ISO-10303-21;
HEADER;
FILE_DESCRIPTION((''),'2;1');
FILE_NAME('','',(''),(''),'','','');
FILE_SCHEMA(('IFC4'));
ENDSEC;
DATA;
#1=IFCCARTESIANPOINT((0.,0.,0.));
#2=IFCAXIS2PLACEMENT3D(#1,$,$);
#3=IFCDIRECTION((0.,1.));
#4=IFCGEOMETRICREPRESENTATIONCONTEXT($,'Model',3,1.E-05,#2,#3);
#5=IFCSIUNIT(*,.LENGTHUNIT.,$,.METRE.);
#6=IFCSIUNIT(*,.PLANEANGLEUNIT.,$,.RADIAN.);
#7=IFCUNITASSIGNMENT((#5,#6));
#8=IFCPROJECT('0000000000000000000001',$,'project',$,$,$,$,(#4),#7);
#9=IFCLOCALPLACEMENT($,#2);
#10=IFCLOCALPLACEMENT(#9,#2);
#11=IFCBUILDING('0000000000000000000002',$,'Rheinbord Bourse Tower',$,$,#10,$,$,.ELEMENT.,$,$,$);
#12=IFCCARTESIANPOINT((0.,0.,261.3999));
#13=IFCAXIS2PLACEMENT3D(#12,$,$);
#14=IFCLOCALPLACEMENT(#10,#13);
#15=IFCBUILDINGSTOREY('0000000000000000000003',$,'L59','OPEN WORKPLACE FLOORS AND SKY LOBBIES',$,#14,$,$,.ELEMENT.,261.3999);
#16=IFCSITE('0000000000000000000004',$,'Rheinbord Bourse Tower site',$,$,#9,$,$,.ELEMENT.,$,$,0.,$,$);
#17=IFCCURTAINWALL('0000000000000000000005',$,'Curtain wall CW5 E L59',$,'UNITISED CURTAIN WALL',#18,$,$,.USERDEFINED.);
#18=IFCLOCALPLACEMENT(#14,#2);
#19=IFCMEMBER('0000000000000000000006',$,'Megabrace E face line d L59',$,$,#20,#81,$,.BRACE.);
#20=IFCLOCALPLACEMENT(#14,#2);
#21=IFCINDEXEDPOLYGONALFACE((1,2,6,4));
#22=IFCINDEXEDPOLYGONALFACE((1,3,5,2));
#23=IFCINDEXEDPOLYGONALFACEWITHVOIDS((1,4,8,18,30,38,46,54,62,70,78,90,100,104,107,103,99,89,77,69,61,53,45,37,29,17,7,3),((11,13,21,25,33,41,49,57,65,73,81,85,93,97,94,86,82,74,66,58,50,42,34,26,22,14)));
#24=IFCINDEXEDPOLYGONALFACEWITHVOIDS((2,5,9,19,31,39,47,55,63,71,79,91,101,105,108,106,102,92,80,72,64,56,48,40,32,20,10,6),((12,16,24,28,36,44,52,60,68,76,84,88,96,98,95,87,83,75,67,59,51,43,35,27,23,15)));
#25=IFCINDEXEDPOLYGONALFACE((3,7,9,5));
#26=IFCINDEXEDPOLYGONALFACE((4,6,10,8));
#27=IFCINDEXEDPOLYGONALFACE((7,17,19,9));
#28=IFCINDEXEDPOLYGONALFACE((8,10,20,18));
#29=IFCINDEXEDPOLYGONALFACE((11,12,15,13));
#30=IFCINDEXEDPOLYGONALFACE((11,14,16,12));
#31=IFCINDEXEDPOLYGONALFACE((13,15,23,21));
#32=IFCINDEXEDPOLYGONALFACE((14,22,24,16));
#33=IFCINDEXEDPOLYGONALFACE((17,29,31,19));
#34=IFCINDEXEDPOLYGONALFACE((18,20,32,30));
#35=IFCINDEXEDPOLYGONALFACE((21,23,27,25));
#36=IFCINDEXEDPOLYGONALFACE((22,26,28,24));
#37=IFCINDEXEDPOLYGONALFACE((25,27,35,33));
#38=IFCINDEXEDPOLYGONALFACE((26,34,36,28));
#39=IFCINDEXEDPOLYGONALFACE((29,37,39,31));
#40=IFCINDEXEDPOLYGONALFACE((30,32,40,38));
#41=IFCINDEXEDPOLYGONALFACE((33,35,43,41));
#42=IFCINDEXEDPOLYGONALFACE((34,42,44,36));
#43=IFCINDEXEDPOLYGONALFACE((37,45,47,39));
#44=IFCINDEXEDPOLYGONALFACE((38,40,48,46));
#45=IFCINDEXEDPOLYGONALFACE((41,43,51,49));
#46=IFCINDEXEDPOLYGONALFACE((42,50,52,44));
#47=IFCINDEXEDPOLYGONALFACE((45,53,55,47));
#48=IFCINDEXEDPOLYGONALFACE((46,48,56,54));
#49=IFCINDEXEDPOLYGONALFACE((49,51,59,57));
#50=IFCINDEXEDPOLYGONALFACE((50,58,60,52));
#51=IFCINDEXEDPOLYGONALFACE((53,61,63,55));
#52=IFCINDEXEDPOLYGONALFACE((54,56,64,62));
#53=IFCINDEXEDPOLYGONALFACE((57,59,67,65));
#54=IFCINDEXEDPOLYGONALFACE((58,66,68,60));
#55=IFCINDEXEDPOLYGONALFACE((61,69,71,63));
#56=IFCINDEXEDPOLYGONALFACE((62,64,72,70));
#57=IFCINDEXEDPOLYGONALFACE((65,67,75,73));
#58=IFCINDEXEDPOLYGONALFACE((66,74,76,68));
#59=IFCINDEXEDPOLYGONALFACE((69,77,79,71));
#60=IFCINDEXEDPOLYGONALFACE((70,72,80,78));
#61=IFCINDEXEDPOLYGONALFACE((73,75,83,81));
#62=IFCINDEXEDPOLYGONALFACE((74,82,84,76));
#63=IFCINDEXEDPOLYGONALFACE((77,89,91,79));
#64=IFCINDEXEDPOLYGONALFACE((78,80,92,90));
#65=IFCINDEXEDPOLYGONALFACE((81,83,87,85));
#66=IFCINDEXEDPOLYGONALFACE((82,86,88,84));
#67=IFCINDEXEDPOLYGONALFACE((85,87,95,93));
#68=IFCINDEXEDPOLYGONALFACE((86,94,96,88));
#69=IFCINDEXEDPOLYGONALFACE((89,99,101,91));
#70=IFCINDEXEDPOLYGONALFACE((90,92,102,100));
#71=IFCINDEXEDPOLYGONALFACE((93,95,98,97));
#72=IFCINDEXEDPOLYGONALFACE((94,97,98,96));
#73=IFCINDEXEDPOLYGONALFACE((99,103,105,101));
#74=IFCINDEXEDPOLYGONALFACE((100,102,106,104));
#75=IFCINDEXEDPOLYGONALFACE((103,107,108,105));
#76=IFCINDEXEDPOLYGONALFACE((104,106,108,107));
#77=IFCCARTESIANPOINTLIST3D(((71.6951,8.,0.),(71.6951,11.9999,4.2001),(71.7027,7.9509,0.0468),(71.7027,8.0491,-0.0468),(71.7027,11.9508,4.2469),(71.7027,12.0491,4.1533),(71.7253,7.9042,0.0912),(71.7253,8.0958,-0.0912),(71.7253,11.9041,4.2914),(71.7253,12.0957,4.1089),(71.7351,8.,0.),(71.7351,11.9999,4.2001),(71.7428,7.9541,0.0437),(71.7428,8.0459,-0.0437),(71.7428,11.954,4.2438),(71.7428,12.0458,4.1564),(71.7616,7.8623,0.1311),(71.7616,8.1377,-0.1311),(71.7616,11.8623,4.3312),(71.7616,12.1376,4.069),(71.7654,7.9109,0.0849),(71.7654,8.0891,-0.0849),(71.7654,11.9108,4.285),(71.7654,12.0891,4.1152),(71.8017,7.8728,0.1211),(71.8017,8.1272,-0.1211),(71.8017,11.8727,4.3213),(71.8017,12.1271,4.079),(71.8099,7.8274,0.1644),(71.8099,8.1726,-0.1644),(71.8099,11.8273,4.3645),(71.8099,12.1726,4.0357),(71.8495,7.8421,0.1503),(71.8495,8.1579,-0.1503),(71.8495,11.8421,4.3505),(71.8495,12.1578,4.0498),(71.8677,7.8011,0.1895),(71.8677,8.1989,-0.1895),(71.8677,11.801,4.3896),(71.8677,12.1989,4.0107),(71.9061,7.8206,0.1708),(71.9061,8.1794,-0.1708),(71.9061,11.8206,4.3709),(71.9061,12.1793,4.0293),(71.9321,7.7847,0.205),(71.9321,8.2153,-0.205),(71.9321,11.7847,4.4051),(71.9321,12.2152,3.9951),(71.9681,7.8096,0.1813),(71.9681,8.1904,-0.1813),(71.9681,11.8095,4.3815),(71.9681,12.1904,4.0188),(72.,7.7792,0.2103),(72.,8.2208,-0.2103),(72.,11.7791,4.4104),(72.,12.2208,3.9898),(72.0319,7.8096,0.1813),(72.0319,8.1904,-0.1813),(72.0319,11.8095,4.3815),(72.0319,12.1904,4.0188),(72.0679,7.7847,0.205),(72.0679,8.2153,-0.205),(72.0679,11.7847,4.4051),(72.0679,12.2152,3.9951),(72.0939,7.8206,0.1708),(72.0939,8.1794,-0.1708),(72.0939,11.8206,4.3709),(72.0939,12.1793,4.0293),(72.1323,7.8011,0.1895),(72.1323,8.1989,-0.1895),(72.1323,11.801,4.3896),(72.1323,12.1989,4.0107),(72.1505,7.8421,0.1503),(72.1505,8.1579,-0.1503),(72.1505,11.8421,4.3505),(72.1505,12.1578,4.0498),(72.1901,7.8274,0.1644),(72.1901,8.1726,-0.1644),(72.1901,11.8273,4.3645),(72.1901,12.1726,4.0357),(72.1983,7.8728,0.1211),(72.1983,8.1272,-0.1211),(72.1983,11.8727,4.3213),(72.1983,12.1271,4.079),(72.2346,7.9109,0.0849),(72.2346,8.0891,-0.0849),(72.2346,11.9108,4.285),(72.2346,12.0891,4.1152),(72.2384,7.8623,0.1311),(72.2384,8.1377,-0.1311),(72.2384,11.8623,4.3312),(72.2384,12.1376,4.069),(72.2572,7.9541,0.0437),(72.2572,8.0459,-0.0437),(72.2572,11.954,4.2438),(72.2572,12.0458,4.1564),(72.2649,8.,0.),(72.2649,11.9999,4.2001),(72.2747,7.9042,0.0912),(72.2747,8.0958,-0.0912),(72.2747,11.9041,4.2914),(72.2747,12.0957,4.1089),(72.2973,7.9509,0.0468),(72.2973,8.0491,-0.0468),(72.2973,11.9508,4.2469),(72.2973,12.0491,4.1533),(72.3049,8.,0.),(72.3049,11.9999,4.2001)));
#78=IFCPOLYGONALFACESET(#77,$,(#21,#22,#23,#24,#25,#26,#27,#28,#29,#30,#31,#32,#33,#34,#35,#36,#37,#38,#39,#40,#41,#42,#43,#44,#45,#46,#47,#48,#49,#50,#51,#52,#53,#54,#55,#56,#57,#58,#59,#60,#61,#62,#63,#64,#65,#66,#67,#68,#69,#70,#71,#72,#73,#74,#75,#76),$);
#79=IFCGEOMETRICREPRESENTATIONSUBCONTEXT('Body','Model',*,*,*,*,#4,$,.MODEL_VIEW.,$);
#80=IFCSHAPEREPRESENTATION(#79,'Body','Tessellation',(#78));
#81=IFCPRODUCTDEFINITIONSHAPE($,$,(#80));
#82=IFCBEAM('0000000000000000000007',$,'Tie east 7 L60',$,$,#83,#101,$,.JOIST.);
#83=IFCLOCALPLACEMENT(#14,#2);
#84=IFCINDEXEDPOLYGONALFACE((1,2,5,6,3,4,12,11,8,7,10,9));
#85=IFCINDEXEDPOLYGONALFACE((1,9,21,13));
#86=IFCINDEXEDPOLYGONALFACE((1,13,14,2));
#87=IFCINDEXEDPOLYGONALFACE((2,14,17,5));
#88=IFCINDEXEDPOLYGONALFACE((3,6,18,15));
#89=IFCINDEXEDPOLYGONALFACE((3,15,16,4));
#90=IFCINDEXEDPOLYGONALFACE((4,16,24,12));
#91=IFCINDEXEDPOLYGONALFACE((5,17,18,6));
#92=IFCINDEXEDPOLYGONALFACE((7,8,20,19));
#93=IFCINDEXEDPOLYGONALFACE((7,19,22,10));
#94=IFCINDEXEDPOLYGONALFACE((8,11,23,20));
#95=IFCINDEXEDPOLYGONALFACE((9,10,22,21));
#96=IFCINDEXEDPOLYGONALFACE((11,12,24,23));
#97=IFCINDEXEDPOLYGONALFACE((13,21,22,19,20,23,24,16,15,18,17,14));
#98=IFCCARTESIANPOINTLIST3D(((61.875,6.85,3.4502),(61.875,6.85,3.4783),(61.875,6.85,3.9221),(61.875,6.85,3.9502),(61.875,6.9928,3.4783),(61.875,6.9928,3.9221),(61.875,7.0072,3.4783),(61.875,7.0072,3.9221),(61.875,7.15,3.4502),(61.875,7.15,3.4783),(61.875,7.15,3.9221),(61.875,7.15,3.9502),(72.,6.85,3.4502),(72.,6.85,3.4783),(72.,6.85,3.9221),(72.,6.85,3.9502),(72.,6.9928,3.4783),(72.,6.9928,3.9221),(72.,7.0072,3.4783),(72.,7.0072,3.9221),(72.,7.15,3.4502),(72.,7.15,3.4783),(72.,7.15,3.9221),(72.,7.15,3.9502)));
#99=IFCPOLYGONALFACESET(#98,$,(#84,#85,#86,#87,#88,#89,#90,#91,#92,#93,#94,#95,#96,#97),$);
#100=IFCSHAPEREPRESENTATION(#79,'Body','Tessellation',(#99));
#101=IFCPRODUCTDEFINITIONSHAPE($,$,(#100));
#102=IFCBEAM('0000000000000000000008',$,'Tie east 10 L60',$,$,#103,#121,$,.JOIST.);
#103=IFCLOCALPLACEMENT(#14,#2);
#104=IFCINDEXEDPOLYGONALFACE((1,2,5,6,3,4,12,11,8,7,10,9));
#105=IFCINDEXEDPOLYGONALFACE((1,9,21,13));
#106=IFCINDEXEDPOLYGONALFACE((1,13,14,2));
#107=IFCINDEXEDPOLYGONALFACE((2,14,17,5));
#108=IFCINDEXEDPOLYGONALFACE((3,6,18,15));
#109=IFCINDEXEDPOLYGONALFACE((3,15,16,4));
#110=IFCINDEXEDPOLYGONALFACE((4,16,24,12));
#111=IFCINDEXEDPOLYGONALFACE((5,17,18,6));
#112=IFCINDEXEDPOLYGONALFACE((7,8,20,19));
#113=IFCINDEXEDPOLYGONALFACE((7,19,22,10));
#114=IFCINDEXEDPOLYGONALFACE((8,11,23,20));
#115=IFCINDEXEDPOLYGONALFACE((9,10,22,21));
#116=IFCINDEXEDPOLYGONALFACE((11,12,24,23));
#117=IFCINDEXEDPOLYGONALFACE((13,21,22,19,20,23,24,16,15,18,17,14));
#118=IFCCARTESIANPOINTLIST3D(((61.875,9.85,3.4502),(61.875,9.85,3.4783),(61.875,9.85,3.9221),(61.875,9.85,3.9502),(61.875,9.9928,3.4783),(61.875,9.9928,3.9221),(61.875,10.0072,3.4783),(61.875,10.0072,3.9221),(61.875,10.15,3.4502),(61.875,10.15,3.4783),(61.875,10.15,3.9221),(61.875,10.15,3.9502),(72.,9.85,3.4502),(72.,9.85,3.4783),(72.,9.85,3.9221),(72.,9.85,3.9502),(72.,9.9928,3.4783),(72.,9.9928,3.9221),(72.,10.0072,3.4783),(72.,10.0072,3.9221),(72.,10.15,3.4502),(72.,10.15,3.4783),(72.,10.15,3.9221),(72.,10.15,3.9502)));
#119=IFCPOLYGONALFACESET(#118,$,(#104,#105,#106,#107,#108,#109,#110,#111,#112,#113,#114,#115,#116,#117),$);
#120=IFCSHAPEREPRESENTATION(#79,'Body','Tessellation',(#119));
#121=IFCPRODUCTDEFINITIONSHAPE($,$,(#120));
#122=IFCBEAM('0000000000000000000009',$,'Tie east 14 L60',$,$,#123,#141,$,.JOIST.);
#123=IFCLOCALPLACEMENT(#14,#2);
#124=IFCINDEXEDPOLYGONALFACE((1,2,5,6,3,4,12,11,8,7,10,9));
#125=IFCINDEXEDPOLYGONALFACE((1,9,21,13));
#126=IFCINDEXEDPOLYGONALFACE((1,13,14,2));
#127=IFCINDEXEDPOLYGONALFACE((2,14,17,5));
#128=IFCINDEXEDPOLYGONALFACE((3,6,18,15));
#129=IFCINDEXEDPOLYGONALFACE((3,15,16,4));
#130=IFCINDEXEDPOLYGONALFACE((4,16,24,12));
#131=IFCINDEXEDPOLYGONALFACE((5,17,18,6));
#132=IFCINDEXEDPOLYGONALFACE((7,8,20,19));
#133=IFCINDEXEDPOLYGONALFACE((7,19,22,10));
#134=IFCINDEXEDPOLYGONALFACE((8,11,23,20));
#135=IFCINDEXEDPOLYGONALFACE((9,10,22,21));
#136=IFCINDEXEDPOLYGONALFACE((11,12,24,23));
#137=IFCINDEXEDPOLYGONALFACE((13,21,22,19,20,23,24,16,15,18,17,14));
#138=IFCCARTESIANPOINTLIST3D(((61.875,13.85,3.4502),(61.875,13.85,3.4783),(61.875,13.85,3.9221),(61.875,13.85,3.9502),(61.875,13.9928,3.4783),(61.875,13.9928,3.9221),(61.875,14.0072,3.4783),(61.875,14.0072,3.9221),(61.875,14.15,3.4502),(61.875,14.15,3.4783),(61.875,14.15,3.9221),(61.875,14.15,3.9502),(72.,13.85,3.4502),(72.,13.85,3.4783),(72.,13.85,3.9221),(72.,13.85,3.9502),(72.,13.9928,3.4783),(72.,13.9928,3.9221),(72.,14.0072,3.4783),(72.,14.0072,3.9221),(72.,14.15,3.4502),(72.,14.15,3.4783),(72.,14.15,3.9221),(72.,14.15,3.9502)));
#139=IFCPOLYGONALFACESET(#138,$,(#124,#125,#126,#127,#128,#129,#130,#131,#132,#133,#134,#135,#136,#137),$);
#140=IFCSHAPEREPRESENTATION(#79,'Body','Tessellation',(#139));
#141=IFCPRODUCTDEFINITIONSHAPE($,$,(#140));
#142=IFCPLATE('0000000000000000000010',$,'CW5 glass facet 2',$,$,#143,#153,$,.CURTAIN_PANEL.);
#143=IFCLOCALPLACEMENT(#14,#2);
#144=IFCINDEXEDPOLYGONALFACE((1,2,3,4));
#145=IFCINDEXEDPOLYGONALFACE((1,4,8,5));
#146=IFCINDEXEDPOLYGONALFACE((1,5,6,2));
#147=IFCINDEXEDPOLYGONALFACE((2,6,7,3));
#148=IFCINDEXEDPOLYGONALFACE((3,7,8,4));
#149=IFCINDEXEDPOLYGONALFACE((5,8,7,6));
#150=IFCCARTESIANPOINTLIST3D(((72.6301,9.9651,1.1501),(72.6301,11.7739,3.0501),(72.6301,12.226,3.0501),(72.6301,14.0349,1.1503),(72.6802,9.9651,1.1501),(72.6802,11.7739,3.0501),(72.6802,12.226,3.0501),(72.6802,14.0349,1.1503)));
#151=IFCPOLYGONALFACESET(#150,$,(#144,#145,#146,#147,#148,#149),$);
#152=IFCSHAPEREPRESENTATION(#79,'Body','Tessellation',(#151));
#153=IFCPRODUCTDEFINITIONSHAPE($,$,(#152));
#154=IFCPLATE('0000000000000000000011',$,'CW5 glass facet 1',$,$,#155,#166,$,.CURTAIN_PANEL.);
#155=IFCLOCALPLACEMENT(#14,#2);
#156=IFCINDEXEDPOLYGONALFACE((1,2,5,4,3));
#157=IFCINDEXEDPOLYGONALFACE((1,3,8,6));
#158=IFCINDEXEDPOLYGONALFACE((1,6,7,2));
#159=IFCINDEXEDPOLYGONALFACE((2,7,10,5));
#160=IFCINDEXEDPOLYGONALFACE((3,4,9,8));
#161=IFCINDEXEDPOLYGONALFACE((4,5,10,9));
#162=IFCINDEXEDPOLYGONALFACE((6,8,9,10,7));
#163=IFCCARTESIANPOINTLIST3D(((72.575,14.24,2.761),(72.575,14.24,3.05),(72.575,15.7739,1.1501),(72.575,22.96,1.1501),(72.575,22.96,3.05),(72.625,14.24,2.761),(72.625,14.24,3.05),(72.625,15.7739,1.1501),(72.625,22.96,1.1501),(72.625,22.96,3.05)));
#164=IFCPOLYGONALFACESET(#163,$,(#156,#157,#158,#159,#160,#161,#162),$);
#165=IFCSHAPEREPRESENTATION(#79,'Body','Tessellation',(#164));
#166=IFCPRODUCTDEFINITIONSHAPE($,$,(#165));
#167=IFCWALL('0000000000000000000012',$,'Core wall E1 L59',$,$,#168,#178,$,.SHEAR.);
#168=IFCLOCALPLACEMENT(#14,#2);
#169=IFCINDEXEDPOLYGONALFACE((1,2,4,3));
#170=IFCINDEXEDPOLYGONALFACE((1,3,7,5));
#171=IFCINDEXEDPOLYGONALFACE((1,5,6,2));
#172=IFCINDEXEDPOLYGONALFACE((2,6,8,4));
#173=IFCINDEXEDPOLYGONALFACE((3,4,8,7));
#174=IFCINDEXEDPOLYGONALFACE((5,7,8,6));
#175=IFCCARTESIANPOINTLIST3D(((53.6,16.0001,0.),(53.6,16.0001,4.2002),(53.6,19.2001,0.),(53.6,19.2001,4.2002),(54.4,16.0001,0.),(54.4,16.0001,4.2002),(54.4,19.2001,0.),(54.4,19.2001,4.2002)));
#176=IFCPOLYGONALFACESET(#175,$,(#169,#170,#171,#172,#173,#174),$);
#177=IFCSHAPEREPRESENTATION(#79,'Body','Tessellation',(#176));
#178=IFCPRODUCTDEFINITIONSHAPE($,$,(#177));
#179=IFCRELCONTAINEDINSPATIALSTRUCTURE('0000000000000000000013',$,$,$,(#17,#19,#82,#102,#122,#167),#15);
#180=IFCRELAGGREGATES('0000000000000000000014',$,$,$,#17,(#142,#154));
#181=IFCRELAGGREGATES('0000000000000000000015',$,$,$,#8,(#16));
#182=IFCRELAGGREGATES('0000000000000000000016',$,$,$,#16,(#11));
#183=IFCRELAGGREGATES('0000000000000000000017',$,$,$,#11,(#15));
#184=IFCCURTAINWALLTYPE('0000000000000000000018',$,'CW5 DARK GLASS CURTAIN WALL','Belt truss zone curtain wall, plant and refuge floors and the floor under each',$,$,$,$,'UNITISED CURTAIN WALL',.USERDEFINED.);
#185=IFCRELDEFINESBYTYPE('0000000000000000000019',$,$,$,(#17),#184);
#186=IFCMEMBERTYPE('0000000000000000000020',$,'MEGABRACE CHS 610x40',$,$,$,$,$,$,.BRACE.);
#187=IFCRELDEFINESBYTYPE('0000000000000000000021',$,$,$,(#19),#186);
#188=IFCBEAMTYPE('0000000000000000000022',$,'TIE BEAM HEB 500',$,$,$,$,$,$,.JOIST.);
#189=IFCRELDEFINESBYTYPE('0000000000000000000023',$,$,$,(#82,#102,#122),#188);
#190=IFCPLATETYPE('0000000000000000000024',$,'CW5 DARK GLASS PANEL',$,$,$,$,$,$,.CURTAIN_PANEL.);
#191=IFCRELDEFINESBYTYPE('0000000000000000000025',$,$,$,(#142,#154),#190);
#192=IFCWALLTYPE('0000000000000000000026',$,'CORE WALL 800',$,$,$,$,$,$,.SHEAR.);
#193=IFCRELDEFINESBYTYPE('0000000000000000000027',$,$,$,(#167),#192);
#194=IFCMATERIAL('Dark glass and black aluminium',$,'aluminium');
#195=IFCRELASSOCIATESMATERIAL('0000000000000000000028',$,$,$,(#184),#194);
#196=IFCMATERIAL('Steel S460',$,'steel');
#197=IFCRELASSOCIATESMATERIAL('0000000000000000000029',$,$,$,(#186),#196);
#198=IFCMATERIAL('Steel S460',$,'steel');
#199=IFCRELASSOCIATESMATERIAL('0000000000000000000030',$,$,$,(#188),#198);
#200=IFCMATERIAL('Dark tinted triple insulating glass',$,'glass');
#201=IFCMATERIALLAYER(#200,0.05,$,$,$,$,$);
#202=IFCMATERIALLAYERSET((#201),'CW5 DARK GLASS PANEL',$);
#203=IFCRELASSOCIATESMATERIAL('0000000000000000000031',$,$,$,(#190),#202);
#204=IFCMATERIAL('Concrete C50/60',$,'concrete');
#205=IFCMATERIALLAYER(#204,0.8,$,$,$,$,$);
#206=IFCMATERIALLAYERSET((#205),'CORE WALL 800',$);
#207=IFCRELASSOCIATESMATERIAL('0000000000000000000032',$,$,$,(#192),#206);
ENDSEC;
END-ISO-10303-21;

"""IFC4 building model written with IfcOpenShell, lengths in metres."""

from ifc_helpers import new_model, si_unit, direction, frame, frame_2d, origin, origin_2d, place, context, subcontext, project, spatial, polyline, rectangle, hollow_circle, i_section, outline, extrude, material, layer, layer_set, material_profile, profile_set, type_object, element, aggregate, save


model = new_model("IFC4")

# Units and contexts
model_context = context("Model", 3, precision=1e-05, world=origin(), true_north=direction((0.0, 1.0)))
body_context = subcontext(model_context, "Body", "Model", "MODEL_VIEW")
ifc_project = project(units=[si_unit("LENGTHUNIT", "METRE"), si_unit("PLANEANGLEUNIT", "RADIAN")], contexts=[model_context])

# Site, building, storey
site_placement = place(None, origin())
site = spatial("IfcSite", under=ifc_project, at=site_placement, Name="Rheinbord Bourse Tower site", CompositionType="ELEMENT", RefElevation=0.0)
building_placement = place(site_placement, origin())
building = spatial("IfcBuilding", under=site, at=building_placement, Name="Rheinbord Bourse Tower", CompositionType="ELEMENT")
storey_placement = place(building_placement, frame((0.0, 0.0, 261.3999)))
storey = spatial("IfcBuildingStorey", under=building, at=storey_placement, Name="L59", Description="OPEN WORKPLACE FLOORS AND SKY LOBBIES", CompositionType="ELEMENT", Elevation=261.3999)

# Curtain wall
ifc_material_1 = material(Name="Dark glass and black aluminium", Category="aluminium")
curtain_wall_type = type_object("IfcCurtainWallType", Name="CW5 DARK GLASS CURTAIN WALL", Description="Belt truss zone curtain wall, plant and refuge floors and the floor under each", ElementType="UNITISED CURTAIN WALL", PredefinedType="USERDEFINED", material=ifc_material_1)
curtain_wall_placement = place(storey_placement, origin())
curtain_wall = element("IfcCurtainWall", 1, at=curtain_wall_placement, inside=storey, type_object=curtain_wall_type, Name="Curtain wall CW5 E L59", ObjectType="UNITISED CURTAIN WALL", PredefinedType="USERDEFINED")

# Member
ifc_material_2 = material(Name="Steel S460", Category="steel")
ifc_material_profile_1 = material_profile(ifc_material_2, hollow_circle(Radius=0.3049, WallThickness=0.04, at=origin_2d()), Name="CHS 610x40")
ifc_profile_set_1 = profile_set([ifc_material_profile_1], Name="Steel S460")
member_type_1 = type_object("IfcMemberType", Name="MEGABRACE CHS 610x40", PredefinedType="BRACE", material=ifc_profile_set_1)
for number, where, z_axis, x_axis, name in (
    (2, (72.0, 8.0, 0.0), (0.0, 0.689638, 0.724154), (-1.0, 0.0, 0.0), "Megabrace E face line d L59"),
):
    element("IfcMember", number, at=place(storey_placement, frame(where, z_axis=z_axis, x_axis=x_axis)), inside=storey, type_object=member_type_1, Name=name, PredefinedType="BRACE", context=body_context, shape_type="SweptSolid", body=[
        extrude(hollow_circle(Radius=0.3049, WallThickness=0.04, at=origin_2d()), origin(), (0.0, 0.0, 1.0), 5.8),
    ])

# Beams
ifc_material_3 = material(Name="Steel S460", Category="steel")
ifc_material_profile_2 = material_profile(ifc_material_3, i_section(OverallWidth=0.3, OverallDepth=0.5, WebThickness=0.0144, FlangeThickness=0.0281, at=origin_2d()), Name="HEB 500")
ifc_profile_set_2 = profile_set([ifc_material_profile_2], Name="Steel S460")
beam_type_1 = type_object("IfcBeamType", Name="TIE BEAM HEB 500", PredefinedType="JOIST", material=ifc_profile_set_2)
for number, where, z_axis, x_axis, name in (
    (3, (61.875, 7.0, 3.7002), (1.0, 0.0, 0.0), (0.0, 1.0, 0.0), "Tie east 7 L60"),
    (4, (61.875, 10.0, 3.7002), (1.0, 0.0, 0.0), (0.0, 1.0, 0.0), "Tie east 10 L60"),
    (5, (61.875, 14.0, 3.7002), (1.0, 0.0, 0.0), (0.0, 1.0, 0.0), "Tie east 14 L60"),
):
    element("IfcBeam", number, at=place(storey_placement, frame(where, z_axis=z_axis, x_axis=x_axis)), inside=storey, type_object=beam_type_1, Name=name, PredefinedType="JOIST", context=body_context, shape_type="SweptSolid", body=[
        extrude(i_section(OverallWidth=0.3, OverallDepth=0.5, WebThickness=0.0144, FlangeThickness=0.0281, at=origin_2d()), origin(), (0.0, 0.0, 1.0), 10.125),
    ])

# Plates
ifc_material_4 = material(Name="Dark tinted triple insulating glass", Category="glass")
ifc_layer_1 = layer(ifc_material_4, 0.05)
ifc_layer_set_1 = layer_set([ifc_layer_1], Name="CW5 DARK GLASS PANEL")
plate_type = type_object("IfcPlateType", Name="CW5 DARK GLASS PANEL", PredefinedType="CURTAIN_PANEL", material=ifc_layer_set_1)
plate_1_placement = place(storey_placement, frame((72.6802, 9.9651, 1.1501), z_axis=(-1.0, 0.0, 0.0), x_axis=(0.0, 0.689537, 0.724251)))
plate_1 = element("IfcPlate", 6, at=plate_1_placement, type_object=plate_type, Name="CW5 glass facet 2", PredefinedType="CURTAIN_PANEL", context=body_context, shape_type="SweptSolid", body=[
    extrude(outline(polyline([(0.0, 0.0), (2.6233, 0.0), (2.9351, 0.3274), (2.8064, 2.9475), (0.0, 0.0)])), origin(), (0.0, 0.0, 1.0), 0.05),
])
plate_2_placement = place(storey_placement, frame((72.625, 14.24, 3.05), z_axis=(-1.0, 0.0, 0.0), x_axis=(0.0, 1.0, 0.0)))
plate_2 = element("IfcPlate", 7, at=plate_2_placement, type_object=plate_type, Name="CW5 glass facet 1", PredefinedType="CURTAIN_PANEL", context=body_context, shape_type="SweptSolid", body=[
    extrude(outline(polyline([(0.0, 0.0), (8.72, 0.0), (8.72, 1.8999), (1.5339, 1.8999), (0.0, 0.2891), (0.0, 0.0)])), origin(), (0.0, 0.0, 1.0), 0.05),
])
aggregate(curtain_wall, [plate_1, plate_2])

# Wall
ifc_material_5 = material(Name="Concrete C50/60", Category="concrete")
ifc_layer_2 = layer(ifc_material_5, 0.8)
ifc_layer_set_2 = layer_set([ifc_layer_2], Name="CORE WALL 800")
wall_type_1 = type_object("IfcWallType", Name="CORE WALL 800", PredefinedType="SHEAR", material=ifc_layer_set_2)
wall_1_placement = place(storey_placement, frame((54.0, 16.0, 0.0), z_axis=(0.0, 0.0, 1.0), x_axis=(0.0, 1.0, 0.0)))
element("IfcWall", 8, at=wall_1_placement, inside=storey, type_object=wall_type_1, Name="Core wall E1 L59", PredefinedType="SHEAR", context=body_context, shape_type="SweptSolid", body=[
    extrude(rectangle(XDim=3.2, YDim=0.8, at=frame_2d((1.6001, 0.0))), origin(), (0.0, 0.0, 1.0), 4.2002),
])

save(model, "model.ifc")
